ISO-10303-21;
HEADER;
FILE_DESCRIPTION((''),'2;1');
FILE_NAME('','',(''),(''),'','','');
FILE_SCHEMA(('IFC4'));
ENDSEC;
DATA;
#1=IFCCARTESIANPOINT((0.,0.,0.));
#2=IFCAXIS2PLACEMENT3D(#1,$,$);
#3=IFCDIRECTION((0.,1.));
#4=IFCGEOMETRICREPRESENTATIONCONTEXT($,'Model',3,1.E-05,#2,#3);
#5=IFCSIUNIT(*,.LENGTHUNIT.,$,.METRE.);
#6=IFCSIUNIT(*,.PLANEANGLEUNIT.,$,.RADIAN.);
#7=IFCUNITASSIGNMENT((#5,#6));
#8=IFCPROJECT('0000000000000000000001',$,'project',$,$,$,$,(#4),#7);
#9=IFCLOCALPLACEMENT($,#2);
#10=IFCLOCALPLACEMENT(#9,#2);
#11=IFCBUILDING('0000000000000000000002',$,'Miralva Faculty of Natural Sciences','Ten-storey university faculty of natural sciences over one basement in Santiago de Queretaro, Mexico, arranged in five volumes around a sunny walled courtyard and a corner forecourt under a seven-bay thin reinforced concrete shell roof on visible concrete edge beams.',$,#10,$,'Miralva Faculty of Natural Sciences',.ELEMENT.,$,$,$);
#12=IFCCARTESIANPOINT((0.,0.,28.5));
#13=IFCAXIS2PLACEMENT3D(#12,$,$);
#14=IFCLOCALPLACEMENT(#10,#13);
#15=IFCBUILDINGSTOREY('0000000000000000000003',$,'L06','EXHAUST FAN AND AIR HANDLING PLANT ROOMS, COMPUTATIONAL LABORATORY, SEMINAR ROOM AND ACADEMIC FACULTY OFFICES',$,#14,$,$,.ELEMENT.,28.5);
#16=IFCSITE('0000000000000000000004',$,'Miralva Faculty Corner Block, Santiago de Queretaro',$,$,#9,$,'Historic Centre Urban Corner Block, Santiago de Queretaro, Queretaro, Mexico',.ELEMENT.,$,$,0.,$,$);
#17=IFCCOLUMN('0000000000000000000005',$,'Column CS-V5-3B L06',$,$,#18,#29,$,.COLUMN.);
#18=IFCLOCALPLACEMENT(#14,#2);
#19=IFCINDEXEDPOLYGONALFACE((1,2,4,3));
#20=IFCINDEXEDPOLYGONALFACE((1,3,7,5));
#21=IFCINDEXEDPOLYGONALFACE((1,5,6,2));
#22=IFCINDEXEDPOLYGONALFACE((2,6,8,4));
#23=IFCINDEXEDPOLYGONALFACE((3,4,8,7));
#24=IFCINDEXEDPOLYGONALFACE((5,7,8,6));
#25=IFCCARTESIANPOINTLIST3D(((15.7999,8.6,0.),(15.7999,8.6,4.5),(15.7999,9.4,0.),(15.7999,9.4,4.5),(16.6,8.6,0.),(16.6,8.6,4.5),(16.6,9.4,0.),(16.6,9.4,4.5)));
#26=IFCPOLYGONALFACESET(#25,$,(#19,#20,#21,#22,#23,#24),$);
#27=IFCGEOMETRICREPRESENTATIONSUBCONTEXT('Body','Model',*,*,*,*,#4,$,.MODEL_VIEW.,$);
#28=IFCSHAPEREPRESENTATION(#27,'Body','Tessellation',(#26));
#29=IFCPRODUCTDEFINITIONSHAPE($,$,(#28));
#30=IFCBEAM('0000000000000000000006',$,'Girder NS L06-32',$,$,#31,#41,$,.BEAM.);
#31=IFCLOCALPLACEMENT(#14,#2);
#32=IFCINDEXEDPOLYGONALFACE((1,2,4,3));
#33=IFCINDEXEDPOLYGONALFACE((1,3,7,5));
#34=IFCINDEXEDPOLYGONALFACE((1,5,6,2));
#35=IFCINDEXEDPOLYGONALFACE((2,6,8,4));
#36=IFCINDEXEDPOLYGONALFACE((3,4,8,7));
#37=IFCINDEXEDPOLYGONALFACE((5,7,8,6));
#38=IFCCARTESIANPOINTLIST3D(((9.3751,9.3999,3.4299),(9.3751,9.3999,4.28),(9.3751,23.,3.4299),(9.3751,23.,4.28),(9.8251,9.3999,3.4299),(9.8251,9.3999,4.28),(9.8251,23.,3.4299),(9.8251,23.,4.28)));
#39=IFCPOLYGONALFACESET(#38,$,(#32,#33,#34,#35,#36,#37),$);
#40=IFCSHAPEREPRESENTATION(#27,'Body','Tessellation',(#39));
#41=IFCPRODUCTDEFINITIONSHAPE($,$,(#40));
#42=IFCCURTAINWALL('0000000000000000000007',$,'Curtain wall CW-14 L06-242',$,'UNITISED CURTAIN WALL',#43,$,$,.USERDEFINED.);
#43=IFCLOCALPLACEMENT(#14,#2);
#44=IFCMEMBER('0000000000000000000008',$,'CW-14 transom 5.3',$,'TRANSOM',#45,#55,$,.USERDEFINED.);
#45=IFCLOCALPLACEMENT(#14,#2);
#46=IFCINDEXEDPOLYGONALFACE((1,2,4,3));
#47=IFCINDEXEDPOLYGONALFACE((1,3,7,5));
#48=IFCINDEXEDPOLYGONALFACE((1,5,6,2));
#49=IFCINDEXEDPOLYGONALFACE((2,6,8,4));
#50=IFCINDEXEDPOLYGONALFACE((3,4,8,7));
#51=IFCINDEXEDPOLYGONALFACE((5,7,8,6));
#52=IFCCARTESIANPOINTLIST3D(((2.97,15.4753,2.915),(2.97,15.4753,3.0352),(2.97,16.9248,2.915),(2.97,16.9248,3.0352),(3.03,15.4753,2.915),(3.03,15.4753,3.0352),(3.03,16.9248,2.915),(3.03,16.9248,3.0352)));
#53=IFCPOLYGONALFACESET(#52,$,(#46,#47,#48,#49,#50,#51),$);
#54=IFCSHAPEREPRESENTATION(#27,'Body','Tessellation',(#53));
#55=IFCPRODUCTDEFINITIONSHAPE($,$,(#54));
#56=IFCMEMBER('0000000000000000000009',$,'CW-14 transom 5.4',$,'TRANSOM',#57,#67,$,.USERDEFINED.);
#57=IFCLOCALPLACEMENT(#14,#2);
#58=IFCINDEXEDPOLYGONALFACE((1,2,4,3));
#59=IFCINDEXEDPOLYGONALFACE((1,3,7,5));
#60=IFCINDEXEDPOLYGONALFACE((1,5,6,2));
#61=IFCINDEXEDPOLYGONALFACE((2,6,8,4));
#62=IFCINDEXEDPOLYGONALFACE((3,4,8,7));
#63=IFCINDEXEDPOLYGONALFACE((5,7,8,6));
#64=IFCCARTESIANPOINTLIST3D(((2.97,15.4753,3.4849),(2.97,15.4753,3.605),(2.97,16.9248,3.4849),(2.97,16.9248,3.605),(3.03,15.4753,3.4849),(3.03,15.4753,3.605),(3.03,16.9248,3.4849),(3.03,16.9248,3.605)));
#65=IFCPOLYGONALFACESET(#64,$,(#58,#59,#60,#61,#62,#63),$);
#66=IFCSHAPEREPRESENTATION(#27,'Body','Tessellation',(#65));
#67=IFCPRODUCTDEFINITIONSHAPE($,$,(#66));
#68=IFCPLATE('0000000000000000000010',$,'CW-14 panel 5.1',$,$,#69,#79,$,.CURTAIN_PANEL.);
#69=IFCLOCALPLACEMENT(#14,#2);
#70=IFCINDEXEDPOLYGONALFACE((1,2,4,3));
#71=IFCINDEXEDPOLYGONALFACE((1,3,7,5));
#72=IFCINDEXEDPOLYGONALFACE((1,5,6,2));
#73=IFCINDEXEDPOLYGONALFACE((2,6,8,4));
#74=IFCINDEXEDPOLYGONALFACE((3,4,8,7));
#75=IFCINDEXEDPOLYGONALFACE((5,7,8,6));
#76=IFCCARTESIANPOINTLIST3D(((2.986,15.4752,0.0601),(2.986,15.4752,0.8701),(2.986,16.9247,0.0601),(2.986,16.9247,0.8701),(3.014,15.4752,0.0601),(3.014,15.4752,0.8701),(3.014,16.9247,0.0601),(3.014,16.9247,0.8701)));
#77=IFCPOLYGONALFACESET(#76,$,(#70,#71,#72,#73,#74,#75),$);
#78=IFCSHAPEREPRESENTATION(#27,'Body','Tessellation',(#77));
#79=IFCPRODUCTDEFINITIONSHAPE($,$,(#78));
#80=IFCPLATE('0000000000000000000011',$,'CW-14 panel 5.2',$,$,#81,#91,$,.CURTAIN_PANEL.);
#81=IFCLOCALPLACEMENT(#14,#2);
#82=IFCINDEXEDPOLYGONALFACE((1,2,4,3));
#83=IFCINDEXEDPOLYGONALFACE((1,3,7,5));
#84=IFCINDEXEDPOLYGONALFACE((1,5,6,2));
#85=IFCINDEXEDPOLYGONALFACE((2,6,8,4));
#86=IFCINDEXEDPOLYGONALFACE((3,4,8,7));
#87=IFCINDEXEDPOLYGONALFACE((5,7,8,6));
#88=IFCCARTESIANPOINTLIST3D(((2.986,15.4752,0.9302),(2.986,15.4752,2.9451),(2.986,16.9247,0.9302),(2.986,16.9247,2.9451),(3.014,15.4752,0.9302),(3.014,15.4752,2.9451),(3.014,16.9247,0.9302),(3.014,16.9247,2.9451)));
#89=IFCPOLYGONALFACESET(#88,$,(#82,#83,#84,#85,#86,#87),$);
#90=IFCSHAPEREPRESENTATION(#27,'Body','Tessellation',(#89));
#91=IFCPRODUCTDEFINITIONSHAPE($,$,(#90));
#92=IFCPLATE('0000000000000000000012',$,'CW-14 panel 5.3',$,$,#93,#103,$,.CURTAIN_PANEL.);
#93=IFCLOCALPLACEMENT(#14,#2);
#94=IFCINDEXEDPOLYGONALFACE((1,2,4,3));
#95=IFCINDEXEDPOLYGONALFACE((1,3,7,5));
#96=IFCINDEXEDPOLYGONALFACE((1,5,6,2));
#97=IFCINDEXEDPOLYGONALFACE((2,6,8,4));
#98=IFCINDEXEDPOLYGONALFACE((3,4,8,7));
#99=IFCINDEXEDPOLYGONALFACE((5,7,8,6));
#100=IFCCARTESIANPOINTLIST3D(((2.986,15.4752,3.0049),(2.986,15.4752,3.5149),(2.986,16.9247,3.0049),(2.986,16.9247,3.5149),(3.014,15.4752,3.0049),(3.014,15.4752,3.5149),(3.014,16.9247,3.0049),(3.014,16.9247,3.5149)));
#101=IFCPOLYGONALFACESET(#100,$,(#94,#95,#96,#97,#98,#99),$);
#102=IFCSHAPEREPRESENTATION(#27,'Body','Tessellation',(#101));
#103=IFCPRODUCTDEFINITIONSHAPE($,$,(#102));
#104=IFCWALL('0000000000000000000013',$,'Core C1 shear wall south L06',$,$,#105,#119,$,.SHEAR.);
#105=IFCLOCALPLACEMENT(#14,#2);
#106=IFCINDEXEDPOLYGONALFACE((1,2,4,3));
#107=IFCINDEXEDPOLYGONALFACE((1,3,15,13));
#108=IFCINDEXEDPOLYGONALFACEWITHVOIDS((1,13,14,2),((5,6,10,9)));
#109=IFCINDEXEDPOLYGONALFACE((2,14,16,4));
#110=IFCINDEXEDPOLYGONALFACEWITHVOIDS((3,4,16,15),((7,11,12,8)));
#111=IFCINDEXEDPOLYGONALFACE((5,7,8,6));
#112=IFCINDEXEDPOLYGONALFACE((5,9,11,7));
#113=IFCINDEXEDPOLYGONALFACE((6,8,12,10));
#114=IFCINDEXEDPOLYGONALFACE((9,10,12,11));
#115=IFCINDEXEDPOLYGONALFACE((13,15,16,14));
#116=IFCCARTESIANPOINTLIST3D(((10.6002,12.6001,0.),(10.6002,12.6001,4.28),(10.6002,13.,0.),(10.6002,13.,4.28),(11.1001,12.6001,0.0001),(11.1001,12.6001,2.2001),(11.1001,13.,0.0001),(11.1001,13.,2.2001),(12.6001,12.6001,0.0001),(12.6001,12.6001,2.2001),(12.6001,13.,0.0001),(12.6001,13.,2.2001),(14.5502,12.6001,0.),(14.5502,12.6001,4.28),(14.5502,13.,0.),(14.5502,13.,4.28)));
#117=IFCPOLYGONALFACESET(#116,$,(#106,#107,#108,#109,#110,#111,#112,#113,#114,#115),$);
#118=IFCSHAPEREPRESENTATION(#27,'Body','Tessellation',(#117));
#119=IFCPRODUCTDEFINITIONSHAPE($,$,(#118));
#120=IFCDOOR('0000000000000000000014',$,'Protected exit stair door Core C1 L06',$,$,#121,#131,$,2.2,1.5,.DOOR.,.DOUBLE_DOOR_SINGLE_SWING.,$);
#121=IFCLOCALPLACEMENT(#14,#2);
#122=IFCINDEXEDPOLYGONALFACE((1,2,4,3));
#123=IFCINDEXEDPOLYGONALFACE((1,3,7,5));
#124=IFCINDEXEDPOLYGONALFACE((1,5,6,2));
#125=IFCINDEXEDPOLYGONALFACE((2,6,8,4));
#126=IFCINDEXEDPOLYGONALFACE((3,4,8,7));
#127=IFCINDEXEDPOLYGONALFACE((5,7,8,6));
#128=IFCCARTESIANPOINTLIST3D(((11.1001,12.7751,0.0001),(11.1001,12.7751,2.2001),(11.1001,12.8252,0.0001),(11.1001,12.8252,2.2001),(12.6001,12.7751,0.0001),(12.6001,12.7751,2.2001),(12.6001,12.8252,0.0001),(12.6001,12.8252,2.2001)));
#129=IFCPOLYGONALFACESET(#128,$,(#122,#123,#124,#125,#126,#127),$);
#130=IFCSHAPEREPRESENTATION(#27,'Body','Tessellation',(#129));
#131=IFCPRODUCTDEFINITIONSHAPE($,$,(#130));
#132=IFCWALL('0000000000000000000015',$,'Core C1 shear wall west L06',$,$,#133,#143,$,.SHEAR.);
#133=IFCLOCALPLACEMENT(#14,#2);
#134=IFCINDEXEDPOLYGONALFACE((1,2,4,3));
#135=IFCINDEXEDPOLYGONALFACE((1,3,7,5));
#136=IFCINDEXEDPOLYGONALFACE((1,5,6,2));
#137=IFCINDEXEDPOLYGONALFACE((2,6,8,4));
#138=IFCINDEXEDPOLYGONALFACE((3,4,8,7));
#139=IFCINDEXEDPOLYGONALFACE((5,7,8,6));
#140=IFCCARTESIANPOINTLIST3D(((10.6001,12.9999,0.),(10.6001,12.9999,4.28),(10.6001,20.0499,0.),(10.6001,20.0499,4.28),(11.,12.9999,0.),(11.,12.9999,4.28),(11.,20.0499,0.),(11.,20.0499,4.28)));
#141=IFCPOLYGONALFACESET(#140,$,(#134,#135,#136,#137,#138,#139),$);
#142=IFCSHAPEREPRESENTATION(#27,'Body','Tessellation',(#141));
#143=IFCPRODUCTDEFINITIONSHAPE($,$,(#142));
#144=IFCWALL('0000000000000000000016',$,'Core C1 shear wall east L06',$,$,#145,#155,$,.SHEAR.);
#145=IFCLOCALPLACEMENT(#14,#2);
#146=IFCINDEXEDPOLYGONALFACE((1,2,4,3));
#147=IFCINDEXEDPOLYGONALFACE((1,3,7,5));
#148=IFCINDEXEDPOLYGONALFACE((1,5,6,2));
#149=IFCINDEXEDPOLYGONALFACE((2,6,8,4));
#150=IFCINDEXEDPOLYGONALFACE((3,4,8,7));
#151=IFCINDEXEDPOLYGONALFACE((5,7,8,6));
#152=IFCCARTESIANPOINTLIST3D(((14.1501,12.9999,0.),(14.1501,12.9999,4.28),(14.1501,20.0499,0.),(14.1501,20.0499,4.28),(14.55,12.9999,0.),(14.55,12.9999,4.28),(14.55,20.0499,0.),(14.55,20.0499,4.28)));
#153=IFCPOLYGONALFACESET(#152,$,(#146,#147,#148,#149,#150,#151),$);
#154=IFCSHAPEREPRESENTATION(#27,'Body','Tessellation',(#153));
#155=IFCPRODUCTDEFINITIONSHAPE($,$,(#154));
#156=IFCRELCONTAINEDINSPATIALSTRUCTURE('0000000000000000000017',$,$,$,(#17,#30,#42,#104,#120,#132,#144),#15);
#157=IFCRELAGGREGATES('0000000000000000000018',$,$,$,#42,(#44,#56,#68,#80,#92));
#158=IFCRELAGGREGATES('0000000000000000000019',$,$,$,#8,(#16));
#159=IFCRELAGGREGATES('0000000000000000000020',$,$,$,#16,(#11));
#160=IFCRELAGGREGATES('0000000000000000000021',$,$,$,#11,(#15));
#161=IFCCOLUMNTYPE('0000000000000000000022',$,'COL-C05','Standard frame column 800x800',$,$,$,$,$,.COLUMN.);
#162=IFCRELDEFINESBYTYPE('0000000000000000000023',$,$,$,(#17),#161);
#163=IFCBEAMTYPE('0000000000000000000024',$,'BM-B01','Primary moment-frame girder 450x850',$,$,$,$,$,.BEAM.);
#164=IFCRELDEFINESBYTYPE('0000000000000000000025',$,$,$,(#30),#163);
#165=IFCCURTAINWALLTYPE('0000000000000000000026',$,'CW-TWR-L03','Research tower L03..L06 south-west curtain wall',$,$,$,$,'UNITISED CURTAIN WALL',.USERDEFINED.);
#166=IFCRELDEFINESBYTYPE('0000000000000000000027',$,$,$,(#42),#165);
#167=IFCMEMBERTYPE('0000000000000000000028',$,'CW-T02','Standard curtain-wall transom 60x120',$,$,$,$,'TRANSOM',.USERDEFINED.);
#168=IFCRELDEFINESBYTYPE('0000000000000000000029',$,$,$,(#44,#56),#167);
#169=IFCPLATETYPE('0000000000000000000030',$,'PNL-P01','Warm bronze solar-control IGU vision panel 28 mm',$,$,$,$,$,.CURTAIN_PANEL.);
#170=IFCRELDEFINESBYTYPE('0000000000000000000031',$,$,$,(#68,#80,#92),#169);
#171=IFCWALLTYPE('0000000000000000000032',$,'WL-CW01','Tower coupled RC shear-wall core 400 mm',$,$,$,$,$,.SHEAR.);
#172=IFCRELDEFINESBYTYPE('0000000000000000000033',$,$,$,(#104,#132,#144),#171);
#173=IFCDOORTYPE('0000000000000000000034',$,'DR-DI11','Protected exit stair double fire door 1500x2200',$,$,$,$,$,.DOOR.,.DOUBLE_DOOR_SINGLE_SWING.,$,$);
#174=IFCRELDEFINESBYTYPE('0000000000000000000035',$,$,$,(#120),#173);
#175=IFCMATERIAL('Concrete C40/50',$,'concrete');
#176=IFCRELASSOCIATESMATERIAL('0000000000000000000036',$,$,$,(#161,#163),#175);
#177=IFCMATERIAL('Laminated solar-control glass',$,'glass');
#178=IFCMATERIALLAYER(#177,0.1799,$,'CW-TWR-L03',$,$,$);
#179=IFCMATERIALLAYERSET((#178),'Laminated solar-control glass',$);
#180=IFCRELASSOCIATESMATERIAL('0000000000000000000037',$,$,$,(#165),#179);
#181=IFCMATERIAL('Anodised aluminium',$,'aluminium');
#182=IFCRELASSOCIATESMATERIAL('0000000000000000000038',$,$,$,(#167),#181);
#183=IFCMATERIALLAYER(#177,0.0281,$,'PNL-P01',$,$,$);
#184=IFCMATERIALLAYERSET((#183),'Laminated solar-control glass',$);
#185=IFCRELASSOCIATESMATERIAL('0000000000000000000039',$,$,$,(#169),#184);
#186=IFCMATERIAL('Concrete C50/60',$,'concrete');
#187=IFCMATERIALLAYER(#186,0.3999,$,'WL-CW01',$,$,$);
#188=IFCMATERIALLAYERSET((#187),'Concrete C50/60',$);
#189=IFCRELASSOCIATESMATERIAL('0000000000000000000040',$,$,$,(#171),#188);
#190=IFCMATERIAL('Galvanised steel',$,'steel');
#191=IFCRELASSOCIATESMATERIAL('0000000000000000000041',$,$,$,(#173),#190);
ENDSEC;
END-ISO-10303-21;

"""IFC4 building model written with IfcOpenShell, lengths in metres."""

from ifc_helpers import new_model, si_unit, direction, frame, frame_2d, origin, origin_2d, place, context, subcontext, project, spatial, rectangle, extrude, material, layer, layer_set, material_profile, profile_set, type_object, element, fill, aggregate, save


model = new_model("IFC4")

# Units and contexts
model_context = context("Model", 3, precision=1e-05, world=origin(), true_north=direction((0.0, 1.0)))
body_context = subcontext(model_context, "Body", "Model", "MODEL_VIEW")
ifc_project = project(units=[si_unit("LENGTHUNIT", "METRE"), si_unit("PLANEANGLEUNIT", "RADIAN")], contexts=[model_context])

# Site, building, storey
site_placement = place(None, origin())
site = spatial("IfcSite", under=ifc_project, at=site_placement, Name="Miralva Faculty Corner Block, Santiago de Queretaro", LongName="Historic Centre Urban Corner Block, Santiago de Queretaro, Queretaro, Mexico", CompositionType="ELEMENT", RefElevation=0.0)
building_placement = place(site_placement, origin())
building = spatial("IfcBuilding", under=site, at=building_placement, Name="Miralva Faculty of Natural Sciences", Description="Ten-storey university faculty of natural sciences over one basement in Santiago de Queretaro, Mexico, arranged in five volumes around a sunny walled courtyard and a corner forecourt under a seven-bay thin reinforced concrete shell roof on visible concrete edge beams.", LongName="Miralva Faculty of Natural Sciences", CompositionType="ELEMENT")
storey_placement = place(building_placement, frame((0.0, 0.0, 28.5)))
storey = spatial("IfcBuildingStorey", under=building, at=storey_placement, Name="L06", Description="EXHAUST FAN AND AIR HANDLING PLANT ROOMS, COMPUTATIONAL LABORATORY, SEMINAR ROOM AND ACADEMIC FACULTY OFFICES", CompositionType="ELEMENT", Elevation=28.5)

# Column
ifc_material_1 = material(Name="Concrete C40/50", Category="concrete")
ifc_material_profile_1 = material_profile(ifc_material_1, rectangle(XDim=0.8, YDim=0.8, at=origin_2d()), Name="RC 800x800")
ifc_profile_set_1 = profile_set([ifc_material_profile_1], Name="Concrete C40/50")
column_type = type_object("IfcColumnType", Name="COL-C05", Description="Standard frame column 800x800", PredefinedType="COLUMN", material=ifc_profile_set_1)
column_placement = place(storey_placement, frame((16.2, 9.0, 0.0), z_axis=(0.0, 0.0, 1.0), x_axis=(1.0, 0.0, 0.0)))
element("IfcColumn", 1, at=column_placement, inside=storey, type_object=column_type, Name="Column CS-V5-3B L06", PredefinedType="COLUMN", context=body_context, shape_type="SweptSolid", body=[
    extrude(rectangle(XDim=0.8, YDim=0.8, at=origin_2d()), origin(), (0.0, 0.0, 1.0), 4.5),
])

# Beam
ifc_material_profile_2 = material_profile(ifc_material_1, rectangle(XDim=0.45, YDim=0.8501, at=origin_2d()), Name="RC 450x850")
ifc_profile_set_2 = profile_set([ifc_material_profile_2], Name="Concrete C40/50")
beam_type = type_object("IfcBeamType", Name="BM-B01", Description="Primary moment-frame girder 450x850", PredefinedType="BEAM", material=ifc_profile_set_2)
beam_placement = place(storey_placement, frame((9.6001, 9.3999, 3.855), z_axis=(0.0, 1.0, 0.0), x_axis=(-1.0, 0.0, 0.0)))
element("IfcBeam", 2, at=beam_placement, inside=storey, type_object=beam_type, Name="Girder NS L06-32", PredefinedType="BEAM", context=body_context, shape_type="SweptSolid", body=[
    extrude(rectangle(XDim=0.45, YDim=0.8501, at=origin_2d()), origin(), (0.0, 0.0, 1.0), 13.6001),
])

# Curtain wall, members, plates
ifc_material_2 = material(Name="Laminated solar-control glass", Category="glass")
ifc_layer_1 = layer(ifc_material_2, 0.1799, Name="CW-TWR-L03")
ifc_layer_set_1 = layer_set([ifc_layer_1], Name="Laminated solar-control glass")
curtain_wall_type = type_object("IfcCurtainWallType", Name="CW-TWR-L03", Description="Research tower L03..L06 south-west curtain wall", ElementType="UNITISED CURTAIN WALL", PredefinedType="USERDEFINED", material=ifc_layer_set_1)
curtain_wall_placement = place(storey_placement, origin())
curtain_wall = element("IfcCurtainWall", 3, at=curtain_wall_placement, inside=storey, type_object=curtain_wall_type, Name="Curtain wall CW-14 L06-242", ObjectType="UNITISED CURTAIN WALL", PredefinedType="USERDEFINED")
ifc_material_3 = material(Name="Anodised aluminium", Category="aluminium")
ifc_material_profile_3 = material_profile(ifc_material_3, rectangle(XDim=0.0601, YDim=0.1201, at=origin_2d()), Name="TRANSOM 60x120")
ifc_profile_set_3 = profile_set([ifc_material_profile_3], Name="Anodised aluminium")
member_type = type_object("IfcMemberType", Name="CW-T02", Description="Standard curtain-wall transom 60x120", ElementType="TRANSOM", PredefinedType="USERDEFINED", material=ifc_profile_set_3)
member_1_placement = place(storey_placement, frame((3.0, 15.4753, 2.9751), z_axis=(0.0, 1.0, 0.0), x_axis=(-1.0, 0.0, 0.0)))
member_1 = element("IfcMember", 4, at=member_1_placement, type_object=member_type, Name="CW-14 transom 5.3", ObjectType="TRANSOM", PredefinedType="USERDEFINED", context=body_context, shape_type="SweptSolid", body=[
    extrude(rectangle(XDim=0.0601, YDim=0.1201, at=origin_2d()), origin(), (0.0, 0.0, 1.0), 1.4495),
])
member_2_placement = place(storey_placement, frame((3.0, 15.4753, 3.5449), z_axis=(0.0, 1.0, 0.0), x_axis=(-1.0, 0.0, 0.0)))
member_2 = element("IfcMember", 5, at=member_2_placement, type_object=member_type, Name="CW-14 transom 5.4", ObjectType="TRANSOM", PredefinedType="USERDEFINED", context=body_context, shape_type="SweptSolid", body=[
    extrude(rectangle(XDim=0.0601, YDim=0.1201, at=origin_2d()), origin(), (0.0, 0.0, 1.0), 1.4495),
])
ifc_layer_2 = layer(ifc_material_2, 0.0281, Name="PNL-P01")
ifc_layer_set_2 = layer_set([ifc_layer_2], Name="Laminated solar-control glass")
plate_type = type_object("IfcPlateType", Name="PNL-P01", Description="Warm bronze solar-control IGU vision panel 28 mm", PredefinedType="CURTAIN_PANEL", material=ifc_layer_set_2)
plate_1_placement = place(storey_placement, frame((3.0, 16.2, 0.0601), z_axis=(0.0, 0.0, 1.0), x_axis=(0.0, 1.0, 0.0)))
plate_1 = element("IfcPlate", 6, at=plate_1_placement, type_object=plate_type, Name="CW-14 panel 5.1", PredefinedType="CURTAIN_PANEL", context=body_context, shape_type="SweptSolid", body=[
    extrude(rectangle(XDim=1.4495, YDim=0.0281, at=origin_2d()), origin(), (0.0, 0.0, 1.0), 0.8101),
])
plate_2_placement = place(storey_placement, frame((3.0, 16.2, 0.9302), z_axis=(0.0, 0.0, 1.0), x_axis=(0.0, 1.0, 0.0)))
plate_2 = element("IfcPlate", 7, at=plate_2_placement, type_object=plate_type, Name="CW-14 panel 5.2", PredefinedType="CURTAIN_PANEL", context=body_context, shape_type="SweptSolid", body=[
    extrude(rectangle(XDim=1.4495, YDim=0.0281, at=origin_2d()), origin(), (0.0, 0.0, 1.0), 2.0149),
])
plate_3_placement = place(storey_placement, frame((3.0, 16.2, 3.0049), z_axis=(0.0, 0.0, 1.0), x_axis=(0.0, 1.0, 0.0)))
plate_3 = element("IfcPlate", 8, at=plate_3_placement, type_object=plate_type, Name="CW-14 panel 5.3", PredefinedType="CURTAIN_PANEL", context=body_context, shape_type="SweptSolid", body=[
    extrude(rectangle(XDim=1.4495, YDim=0.0281, at=origin_2d()), origin(), (0.0, 0.0, 1.0), 0.51),
])
aggregate(curtain_wall, [member_1, member_2, plate_1, plate_2, plate_3])

# Wall, opening, door
ifc_material_4 = material(Name="Concrete C50/60", Category="concrete")
ifc_layer_3 = layer(ifc_material_4, 0.3999, Name="WL-CW01")
ifc_layer_set_3 = layer_set([ifc_layer_3], Name="Concrete C50/60")
wall_type_1 = type_object("IfcWallType", Name="WL-CW01", Description="Tower coupled RC shear-wall core 400 mm", PredefinedType="SHEAR", material=ifc_layer_set_3)
wall_1_placement = place(storey_placement, frame((10.6001, 12.8, 0.0), z_axis=(0.0, 0.0, 1.0), x_axis=(1.0, 0.0, 0.0)))
wall_1 = element("IfcWall", 9, at=wall_1_placement, inside=storey, type_object=wall_type_1, Name="Core C1 shear wall south L06", PredefinedType="SHEAR", context=body_context, shape_type="SweptSolid", body=[
    extrude(rectangle(XDim=3.95, YDim=0.3999, at=frame_2d((1.9751, 0.0))), origin(), (0.0, 0.0, 1.0), 4.28),
])
opening_1_placement = place(wall_1_placement, frame((0.5, 0.0, 0.0)))
opening_1 = element("IfcOpeningElement", 10, at=opening_1_placement, cuts=wall_1, PredefinedType="OPENING", context=body_context, shape_type="SweptSolid", body=[
    extrude(rectangle(XDim=1.5, YDim=2.2, at=frame_2d((0.75, 1.1001))), frame((0.0, 0.21, 0.0), z_axis=(0.0, -1.0, 0.0), x_axis=(1.0, 0.0, 0.0)), (0.0, 0.0, 1.0), 0.4199),
])
ifc_material_5 = material(Name="Galvanised steel", Category="steel")
door_type_1 = type_object("IfcDoorType", Name="DR-DI11", Description="Protected exit stair double fire door 1500x2200", OperationType="DOUBLE_DOOR_SINGLE_SWING", PredefinedType="DOOR", material=ifc_material_5)
door_1_placement = place(opening_1_placement, frame((1.5, 0.0, 0.0), z_axis=(0.0, 0.0, 1.0), x_axis=(-1.0, 0.0, 0.0)))
door_1 = element("IfcDoor", 11, at=door_1_placement, inside=storey, type_object=door_type_1, Name="Protected exit stair door Core C1 L06", OperationType="DOUBLE_DOOR_SINGLE_SWING", OverallHeight=2.2, OverallWidth=1.5, PredefinedType="DOOR", context=body_context, shape_type="SweptSolid", body=[
    extrude(rectangle(XDim=1.5, YDim=2.2, at=frame_2d((0.75, 1.1001))), frame((0.0, 0.0249, 0.0), z_axis=(0.0, -1.0, 0.0), x_axis=(1.0, 0.0, 0.0)), (0.0, 0.0, 1.0), 0.05),
])
fill(opening_1, door_1)

# Walls
for number, where, z_axis, x_axis, name in (
    (12, (10.8, 13.0, 0.0), (0.0, 0.0, 1.0), (0.0, 1.0, 0.0), "Core C1 shear wall west L06"),
    (13, (14.3501, 13.0, 0.0), (0.0, 0.0, 1.0), (0.0, 1.0, 0.0), "Core C1 shear wall east L06"),
):
    element("IfcWall", number, at=place(storey_placement, frame(where, z_axis=z_axis, x_axis=x_axis)), inside=storey, type_object=wall_type_1, Name=name, PredefinedType="SHEAR", context=body_context, shape_type="SweptSolid", body=[
        extrude(rectangle(XDim=7.05, YDim=0.3999, at=frame_2d((3.5249, 0.0))), origin(), (0.0, 0.0, 1.0), 4.28),
    ])

save(model, "model.ifc")
